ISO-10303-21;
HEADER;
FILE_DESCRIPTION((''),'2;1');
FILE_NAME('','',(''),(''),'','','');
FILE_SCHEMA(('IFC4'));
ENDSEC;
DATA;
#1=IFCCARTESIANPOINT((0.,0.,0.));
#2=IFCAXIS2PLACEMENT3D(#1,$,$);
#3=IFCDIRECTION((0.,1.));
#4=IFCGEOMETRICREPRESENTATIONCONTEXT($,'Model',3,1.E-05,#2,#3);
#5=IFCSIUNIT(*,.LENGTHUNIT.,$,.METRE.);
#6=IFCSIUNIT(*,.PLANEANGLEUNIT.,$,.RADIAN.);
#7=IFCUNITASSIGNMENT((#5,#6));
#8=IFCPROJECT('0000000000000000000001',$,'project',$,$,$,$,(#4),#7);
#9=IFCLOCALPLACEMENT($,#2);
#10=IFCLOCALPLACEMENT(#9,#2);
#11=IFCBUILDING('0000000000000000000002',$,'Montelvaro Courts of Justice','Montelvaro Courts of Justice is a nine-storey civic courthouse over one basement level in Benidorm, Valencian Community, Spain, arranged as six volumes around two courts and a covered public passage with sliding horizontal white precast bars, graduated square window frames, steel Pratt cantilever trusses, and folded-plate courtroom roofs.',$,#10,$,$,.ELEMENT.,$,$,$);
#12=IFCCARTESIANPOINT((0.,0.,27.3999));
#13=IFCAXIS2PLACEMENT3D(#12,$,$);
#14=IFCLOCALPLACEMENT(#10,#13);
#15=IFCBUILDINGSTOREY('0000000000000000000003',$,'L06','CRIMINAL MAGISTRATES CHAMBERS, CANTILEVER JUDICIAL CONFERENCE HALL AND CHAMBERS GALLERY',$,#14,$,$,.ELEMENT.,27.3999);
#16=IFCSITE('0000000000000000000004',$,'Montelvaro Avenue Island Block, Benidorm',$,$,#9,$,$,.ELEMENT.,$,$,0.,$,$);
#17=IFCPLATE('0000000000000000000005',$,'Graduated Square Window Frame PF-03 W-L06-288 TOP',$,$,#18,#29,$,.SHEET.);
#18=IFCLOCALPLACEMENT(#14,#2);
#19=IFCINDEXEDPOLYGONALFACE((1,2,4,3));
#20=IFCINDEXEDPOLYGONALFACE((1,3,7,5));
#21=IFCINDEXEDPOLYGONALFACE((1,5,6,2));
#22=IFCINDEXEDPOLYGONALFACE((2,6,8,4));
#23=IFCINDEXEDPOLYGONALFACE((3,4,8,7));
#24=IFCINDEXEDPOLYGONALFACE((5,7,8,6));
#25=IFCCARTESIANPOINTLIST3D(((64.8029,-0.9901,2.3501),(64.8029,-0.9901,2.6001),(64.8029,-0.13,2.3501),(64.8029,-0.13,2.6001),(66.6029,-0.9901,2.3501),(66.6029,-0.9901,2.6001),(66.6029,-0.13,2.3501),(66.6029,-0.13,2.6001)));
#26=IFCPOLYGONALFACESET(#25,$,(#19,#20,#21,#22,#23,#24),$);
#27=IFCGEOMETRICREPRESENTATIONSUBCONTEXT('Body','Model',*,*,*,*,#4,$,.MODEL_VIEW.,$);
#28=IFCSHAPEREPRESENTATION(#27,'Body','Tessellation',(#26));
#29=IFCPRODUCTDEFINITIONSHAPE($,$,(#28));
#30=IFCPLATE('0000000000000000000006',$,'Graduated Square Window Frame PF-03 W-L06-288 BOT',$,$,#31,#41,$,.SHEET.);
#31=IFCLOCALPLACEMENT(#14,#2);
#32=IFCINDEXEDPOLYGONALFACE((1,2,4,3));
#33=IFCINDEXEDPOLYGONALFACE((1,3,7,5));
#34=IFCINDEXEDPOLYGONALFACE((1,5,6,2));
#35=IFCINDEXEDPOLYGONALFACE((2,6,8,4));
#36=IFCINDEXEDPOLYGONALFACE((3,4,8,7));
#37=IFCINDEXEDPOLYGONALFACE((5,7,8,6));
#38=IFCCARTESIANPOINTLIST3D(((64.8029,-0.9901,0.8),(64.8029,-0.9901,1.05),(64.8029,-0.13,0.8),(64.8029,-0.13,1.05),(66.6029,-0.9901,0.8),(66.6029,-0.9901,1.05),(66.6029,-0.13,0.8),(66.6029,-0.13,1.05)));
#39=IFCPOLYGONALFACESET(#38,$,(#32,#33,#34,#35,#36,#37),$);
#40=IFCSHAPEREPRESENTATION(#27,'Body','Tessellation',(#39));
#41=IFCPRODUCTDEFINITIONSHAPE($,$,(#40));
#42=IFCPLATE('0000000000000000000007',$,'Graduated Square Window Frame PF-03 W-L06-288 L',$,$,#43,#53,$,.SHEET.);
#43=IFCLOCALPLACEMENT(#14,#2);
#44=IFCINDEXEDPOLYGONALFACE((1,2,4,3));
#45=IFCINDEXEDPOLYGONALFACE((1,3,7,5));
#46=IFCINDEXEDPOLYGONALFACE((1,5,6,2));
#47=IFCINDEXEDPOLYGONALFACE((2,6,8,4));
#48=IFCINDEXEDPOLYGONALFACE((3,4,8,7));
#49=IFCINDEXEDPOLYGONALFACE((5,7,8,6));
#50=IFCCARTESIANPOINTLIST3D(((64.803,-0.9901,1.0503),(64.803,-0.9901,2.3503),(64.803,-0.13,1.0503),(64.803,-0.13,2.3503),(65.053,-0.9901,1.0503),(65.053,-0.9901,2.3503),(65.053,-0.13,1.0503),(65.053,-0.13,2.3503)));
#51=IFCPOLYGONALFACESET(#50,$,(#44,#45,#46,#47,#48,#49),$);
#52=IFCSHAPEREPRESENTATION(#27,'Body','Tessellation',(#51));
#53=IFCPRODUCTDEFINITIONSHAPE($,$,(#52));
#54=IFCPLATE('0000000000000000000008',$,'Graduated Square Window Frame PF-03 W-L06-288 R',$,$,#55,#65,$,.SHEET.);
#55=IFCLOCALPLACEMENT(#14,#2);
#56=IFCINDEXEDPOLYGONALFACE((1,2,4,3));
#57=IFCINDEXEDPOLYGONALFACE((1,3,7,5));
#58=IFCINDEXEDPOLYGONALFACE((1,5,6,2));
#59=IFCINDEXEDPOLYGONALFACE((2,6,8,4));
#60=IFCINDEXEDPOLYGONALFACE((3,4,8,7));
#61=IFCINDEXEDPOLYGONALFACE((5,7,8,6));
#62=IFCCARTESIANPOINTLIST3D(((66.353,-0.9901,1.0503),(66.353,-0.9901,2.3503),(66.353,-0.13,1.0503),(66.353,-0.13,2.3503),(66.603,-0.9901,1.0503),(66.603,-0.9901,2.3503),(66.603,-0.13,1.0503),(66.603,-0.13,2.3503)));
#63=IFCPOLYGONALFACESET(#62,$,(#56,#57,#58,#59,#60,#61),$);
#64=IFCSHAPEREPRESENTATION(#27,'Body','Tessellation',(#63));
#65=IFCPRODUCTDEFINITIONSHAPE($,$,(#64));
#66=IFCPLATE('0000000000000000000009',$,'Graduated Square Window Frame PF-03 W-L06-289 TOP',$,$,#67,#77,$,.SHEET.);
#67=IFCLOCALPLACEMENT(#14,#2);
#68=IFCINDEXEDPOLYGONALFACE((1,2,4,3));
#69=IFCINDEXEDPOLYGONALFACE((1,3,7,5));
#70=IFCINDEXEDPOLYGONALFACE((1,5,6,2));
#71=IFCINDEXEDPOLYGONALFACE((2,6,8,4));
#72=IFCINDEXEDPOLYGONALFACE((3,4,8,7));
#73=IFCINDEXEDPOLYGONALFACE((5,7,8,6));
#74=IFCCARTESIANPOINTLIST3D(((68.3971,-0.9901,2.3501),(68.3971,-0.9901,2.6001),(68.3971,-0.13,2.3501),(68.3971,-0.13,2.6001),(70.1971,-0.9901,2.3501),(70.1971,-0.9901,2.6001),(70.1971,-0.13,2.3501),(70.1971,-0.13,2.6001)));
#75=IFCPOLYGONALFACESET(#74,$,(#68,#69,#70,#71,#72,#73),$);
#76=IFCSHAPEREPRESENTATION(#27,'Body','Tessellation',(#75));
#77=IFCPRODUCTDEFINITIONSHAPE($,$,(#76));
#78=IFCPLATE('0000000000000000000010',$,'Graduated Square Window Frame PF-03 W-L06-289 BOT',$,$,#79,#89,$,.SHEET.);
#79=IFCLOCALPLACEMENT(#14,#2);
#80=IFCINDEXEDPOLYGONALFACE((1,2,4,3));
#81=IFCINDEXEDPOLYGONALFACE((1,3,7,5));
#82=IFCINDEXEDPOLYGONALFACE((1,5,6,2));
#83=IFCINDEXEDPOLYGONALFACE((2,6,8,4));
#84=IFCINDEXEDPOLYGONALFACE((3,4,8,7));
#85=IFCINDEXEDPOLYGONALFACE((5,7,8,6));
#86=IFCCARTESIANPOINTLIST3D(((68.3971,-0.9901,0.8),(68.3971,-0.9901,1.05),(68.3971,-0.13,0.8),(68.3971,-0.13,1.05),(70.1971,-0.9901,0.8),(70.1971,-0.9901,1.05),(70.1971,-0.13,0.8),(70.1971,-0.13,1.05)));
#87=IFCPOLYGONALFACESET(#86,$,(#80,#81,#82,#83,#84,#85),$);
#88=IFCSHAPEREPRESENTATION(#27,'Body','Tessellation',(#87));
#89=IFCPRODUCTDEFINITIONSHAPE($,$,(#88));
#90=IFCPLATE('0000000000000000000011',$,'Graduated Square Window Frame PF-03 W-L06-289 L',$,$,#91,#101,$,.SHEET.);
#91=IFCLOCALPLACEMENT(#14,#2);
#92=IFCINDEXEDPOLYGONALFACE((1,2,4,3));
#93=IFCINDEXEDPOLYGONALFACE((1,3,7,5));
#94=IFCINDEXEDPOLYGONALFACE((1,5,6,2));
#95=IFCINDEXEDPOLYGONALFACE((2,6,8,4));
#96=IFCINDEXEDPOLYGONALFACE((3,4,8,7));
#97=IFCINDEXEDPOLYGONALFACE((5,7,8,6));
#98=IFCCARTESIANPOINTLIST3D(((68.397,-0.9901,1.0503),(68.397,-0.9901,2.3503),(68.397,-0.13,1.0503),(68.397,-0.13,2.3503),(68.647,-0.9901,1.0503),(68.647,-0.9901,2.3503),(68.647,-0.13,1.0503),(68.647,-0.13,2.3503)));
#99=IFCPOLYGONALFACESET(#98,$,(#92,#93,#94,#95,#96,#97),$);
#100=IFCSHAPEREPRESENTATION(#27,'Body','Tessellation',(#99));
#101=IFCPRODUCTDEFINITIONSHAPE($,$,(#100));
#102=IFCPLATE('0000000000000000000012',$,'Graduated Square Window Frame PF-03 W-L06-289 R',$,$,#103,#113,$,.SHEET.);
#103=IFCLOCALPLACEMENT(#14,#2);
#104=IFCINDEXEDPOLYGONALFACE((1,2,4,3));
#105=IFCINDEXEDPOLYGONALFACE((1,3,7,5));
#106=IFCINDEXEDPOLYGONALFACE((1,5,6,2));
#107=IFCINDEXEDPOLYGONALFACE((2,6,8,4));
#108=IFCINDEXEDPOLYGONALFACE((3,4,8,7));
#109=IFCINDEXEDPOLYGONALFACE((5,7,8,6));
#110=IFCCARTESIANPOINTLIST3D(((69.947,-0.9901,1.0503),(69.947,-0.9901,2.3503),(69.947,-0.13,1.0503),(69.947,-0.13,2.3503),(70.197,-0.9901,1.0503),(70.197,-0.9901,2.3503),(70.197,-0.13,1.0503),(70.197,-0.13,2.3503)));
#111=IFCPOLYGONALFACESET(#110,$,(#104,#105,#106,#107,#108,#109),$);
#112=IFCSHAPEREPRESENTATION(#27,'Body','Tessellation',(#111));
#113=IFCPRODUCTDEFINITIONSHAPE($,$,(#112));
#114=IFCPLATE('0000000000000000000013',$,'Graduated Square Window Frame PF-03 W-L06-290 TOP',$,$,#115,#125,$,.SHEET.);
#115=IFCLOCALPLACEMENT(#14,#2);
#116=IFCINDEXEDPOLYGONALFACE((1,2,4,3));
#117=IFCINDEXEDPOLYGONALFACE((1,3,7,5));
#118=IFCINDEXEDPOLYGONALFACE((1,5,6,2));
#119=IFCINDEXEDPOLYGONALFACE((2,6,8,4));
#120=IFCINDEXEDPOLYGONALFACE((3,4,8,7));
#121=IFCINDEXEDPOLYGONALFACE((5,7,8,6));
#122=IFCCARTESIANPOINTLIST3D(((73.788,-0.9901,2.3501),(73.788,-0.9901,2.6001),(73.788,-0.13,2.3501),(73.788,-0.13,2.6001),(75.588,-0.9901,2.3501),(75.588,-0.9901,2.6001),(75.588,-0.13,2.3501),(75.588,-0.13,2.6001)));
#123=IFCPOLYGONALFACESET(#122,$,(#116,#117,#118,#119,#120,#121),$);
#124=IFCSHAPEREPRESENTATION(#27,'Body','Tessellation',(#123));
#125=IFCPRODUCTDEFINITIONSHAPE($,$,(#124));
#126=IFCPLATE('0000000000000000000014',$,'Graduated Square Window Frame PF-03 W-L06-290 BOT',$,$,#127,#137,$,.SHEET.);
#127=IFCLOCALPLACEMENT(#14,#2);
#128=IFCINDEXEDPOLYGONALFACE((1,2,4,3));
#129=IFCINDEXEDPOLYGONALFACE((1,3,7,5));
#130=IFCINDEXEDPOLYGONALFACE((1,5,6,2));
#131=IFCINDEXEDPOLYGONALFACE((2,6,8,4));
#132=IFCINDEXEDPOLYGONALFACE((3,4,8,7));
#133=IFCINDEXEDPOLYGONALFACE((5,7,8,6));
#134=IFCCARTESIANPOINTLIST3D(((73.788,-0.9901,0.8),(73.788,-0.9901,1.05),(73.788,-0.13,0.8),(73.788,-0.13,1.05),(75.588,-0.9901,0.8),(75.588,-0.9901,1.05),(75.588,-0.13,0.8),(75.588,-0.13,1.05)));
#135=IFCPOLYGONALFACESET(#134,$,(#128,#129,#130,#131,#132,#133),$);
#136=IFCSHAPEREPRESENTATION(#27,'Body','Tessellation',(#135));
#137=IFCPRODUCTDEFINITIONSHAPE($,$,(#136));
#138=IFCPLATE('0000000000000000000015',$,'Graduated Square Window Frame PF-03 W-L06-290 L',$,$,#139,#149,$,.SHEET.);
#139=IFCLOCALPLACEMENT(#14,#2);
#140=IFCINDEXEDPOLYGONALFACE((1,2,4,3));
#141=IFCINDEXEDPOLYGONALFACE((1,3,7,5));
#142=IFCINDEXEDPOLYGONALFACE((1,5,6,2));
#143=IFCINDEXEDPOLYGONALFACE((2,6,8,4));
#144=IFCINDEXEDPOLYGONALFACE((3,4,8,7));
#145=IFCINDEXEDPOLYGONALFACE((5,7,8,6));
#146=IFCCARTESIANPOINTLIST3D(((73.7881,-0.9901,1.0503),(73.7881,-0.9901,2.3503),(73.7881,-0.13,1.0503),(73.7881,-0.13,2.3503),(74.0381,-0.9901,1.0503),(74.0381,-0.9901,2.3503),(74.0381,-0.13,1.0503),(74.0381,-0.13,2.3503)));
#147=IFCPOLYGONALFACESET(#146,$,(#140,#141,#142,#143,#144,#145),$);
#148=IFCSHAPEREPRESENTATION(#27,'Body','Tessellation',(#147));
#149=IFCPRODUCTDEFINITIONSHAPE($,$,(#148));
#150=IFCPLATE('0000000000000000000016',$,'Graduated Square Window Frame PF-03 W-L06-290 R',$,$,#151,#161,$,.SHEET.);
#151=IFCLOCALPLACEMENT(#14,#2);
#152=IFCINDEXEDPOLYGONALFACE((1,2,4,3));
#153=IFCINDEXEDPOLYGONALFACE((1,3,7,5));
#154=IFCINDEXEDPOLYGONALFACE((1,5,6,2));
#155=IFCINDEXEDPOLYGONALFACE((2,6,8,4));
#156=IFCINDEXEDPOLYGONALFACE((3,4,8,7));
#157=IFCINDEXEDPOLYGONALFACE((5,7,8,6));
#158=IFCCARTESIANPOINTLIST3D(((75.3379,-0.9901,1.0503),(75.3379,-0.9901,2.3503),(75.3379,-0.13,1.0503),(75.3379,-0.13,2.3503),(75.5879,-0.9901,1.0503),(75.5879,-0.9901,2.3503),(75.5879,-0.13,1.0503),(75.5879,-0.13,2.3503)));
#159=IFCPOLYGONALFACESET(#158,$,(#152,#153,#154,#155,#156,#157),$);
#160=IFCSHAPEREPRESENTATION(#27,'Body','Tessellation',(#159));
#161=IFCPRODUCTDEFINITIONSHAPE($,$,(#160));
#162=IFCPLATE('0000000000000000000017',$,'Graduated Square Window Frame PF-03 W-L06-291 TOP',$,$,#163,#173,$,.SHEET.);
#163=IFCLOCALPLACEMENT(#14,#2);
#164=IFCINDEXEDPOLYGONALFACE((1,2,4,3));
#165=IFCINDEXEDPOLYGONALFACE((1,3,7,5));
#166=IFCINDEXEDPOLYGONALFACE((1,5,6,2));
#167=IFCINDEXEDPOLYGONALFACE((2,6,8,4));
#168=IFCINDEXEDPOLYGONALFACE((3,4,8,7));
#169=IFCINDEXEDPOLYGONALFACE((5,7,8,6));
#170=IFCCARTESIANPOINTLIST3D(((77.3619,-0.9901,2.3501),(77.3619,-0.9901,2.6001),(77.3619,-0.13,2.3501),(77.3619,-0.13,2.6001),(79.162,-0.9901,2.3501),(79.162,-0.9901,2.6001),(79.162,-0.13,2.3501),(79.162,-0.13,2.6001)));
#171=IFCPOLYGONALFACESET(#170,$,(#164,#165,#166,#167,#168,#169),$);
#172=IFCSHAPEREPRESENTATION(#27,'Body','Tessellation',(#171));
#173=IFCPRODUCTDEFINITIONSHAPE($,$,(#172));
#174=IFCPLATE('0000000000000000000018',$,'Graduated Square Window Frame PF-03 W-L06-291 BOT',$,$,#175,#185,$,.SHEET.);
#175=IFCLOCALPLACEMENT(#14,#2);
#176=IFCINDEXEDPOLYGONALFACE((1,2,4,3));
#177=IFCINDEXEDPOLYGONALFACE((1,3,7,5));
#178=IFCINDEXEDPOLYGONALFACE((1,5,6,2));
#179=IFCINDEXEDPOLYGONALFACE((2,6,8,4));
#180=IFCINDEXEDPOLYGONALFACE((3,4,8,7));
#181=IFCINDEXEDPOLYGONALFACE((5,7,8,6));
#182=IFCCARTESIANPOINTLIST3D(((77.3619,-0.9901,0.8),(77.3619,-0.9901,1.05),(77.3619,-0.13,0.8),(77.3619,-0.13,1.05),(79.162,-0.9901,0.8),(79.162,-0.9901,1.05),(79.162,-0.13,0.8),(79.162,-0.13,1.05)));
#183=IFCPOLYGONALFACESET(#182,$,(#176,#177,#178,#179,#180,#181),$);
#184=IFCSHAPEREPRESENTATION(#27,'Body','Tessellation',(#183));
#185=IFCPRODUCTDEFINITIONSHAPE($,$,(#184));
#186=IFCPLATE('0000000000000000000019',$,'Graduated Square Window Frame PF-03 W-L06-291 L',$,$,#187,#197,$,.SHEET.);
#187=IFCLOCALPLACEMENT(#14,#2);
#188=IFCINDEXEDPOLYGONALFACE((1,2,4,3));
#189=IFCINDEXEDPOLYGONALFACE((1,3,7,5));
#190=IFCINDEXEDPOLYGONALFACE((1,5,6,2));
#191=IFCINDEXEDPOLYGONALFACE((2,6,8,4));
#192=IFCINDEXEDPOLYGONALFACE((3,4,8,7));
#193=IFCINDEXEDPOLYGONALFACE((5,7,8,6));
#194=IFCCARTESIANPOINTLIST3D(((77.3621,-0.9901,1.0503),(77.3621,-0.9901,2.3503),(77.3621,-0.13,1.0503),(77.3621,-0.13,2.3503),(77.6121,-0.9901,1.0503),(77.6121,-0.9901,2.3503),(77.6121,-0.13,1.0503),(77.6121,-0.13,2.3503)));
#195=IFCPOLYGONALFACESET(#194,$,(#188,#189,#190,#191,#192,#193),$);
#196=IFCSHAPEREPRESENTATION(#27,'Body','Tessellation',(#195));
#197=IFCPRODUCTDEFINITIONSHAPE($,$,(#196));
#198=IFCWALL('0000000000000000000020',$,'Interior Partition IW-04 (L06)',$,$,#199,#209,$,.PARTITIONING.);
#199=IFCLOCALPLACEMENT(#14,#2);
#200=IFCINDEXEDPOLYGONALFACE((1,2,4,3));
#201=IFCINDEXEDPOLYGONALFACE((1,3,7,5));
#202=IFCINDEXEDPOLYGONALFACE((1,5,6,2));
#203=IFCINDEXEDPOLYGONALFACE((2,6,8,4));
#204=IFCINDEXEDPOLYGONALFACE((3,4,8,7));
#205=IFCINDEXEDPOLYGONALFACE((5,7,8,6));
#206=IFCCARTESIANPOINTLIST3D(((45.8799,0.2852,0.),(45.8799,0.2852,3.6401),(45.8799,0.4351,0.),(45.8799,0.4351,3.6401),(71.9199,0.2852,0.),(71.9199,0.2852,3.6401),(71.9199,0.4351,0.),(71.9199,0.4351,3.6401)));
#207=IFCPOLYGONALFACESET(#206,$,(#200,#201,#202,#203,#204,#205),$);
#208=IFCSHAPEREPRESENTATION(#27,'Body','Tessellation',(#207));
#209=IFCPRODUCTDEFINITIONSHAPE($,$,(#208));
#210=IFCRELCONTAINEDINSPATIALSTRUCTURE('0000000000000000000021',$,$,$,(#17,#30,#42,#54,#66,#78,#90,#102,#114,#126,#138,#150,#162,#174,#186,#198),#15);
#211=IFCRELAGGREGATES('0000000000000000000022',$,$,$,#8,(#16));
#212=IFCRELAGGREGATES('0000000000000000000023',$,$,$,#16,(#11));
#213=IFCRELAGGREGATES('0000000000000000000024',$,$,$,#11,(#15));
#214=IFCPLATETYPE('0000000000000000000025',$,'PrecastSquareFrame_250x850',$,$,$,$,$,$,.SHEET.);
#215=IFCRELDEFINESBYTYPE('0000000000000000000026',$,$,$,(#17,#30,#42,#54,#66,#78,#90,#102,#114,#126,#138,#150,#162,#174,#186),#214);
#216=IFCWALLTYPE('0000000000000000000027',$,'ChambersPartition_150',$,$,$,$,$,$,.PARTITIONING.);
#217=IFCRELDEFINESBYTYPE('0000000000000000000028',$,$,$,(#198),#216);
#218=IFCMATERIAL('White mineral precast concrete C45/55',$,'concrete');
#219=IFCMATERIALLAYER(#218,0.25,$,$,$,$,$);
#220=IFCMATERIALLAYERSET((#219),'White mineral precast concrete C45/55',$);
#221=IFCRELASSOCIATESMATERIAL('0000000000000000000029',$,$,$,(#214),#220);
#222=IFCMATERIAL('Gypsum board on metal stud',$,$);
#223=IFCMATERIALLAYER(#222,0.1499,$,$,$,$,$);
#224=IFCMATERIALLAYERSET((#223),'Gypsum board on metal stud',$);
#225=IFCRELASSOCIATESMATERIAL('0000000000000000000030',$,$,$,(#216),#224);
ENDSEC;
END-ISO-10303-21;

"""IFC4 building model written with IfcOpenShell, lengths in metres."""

from ifc_helpers import new_model, si_unit, direction, frame, frame_2d, origin, origin_2d, place, context, subcontext, project, spatial, rectangle, extrude, material, layer, layer_set, type_object, element, save


model = new_model("IFC4")

# Units and contexts
model_context = context("Model", 3, precision=1e-05, world=origin(), true_north=direction((0.0, 1.0)))
body_context = subcontext(model_context, "Body", "Model", "MODEL_VIEW")
ifc_project = project(units=[si_unit("LENGTHUNIT", "METRE"), si_unit("PLANEANGLEUNIT", "RADIAN")], contexts=[model_context])

# Site, building, storey
site_placement = place(None, origin())
site = spatial("IfcSite", under=ifc_project, at=site_placement, Name="Montelvaro Avenue Island Block, Benidorm", CompositionType="ELEMENT", RefElevation=0.0)
building_placement = place(site_placement, origin())
building = spatial("IfcBuilding", under=site, at=building_placement, Name="Montelvaro Courts of Justice", Description="Montelvaro Courts of Justice is a nine-storey civic courthouse over one basement level in Benidorm, Valencian Community, Spain, arranged as six volumes around two courts and a covered public passage with sliding horizontal white precast bars, graduated square window frames, steel Pratt cantilever trusses, and folded-plate courtroom roofs.", CompositionType="ELEMENT")
storey_placement = place(building_placement, frame((0.0, 0.0, 27.3999)))
storey = spatial("IfcBuildingStorey", under=building, at=storey_placement, Name="L06", Description="CRIMINAL MAGISTRATES CHAMBERS, CANTILEVER JUDICIAL CONFERENCE HALL AND CHAMBERS GALLERY", CompositionType="ELEMENT", Elevation=27.3999)

# Plates
ifc_material_1 = material(Name="White mineral precast concrete C45/55", Category="concrete")
ifc_layer_1 = layer(ifc_material_1, 0.25)
ifc_layer_set_1 = layer_set([ifc_layer_1], Name="White mineral precast concrete C45/55")
plate_type = type_object("IfcPlateType", Name="PrecastSquareFrame_250x850", PredefinedType="SHEET", material=ifc_layer_set_1)
for number, where, z_axis, x_axis, name in (
    (1, (65.7029, -0.5601, 2.3501), (0.0, 0.0, 1.0), (1.0, 0.0, 0.0), "Graduated Square Window Frame PF-03 W-L06-288 TOP"),
    (2, (65.7029, -0.5601, 0.8), (0.0, 0.0, 1.0), (1.0, 0.0, 0.0), "Graduated Square Window Frame PF-03 W-L06-288 BOT"),
):
    element("IfcPlate", number, at=place(storey_placement, frame(where, z_axis=z_axis, x_axis=x_axis)), inside=storey, type_object=plate_type, Name=name, PredefinedType="SHEET", context=body_context, shape_type="SweptSolid", body=[
        extrude(rectangle(XDim=1.8, YDim=0.8601, at=origin_2d()), origin(), (0.0, 0.0, 1.0), 0.25),
    ])
for number, where, z_axis, x_axis, name in (
    (3, (64.928, -0.5601, 1.0503), (0.0, 0.0, 1.0), (1.0, 0.0, 0.0), "Graduated Square Window Frame PF-03 W-L06-288 L"),
    (4, (66.478, -0.5601, 1.0503), (0.0, 0.0, 1.0), (1.0, 0.0, 0.0), "Graduated Square Window Frame PF-03 W-L06-288 R"),
):
    element("IfcPlate", number, at=place(storey_placement, frame(where, z_axis=z_axis, x_axis=x_axis)), inside=storey, type_object=plate_type, Name=name, PredefinedType="SHEET", context=body_context, shape_type="SweptSolid", body=[
        extrude(rectangle(XDim=0.25, YDim=0.8601, at=origin_2d()), origin(), (0.0, 0.0, 1.0), 1.3),
    ])
for number, where, z_axis, x_axis, name in (
    (5, (69.2971, -0.5601, 2.3501), (0.0, 0.0, 1.0), (1.0, 0.0, 0.0), "Graduated Square Window Frame PF-03 W-L06-289 TOP"),
    (6, (69.2971, -0.5601, 0.8), (0.0, 0.0, 1.0), (1.0, 0.0, 0.0), "Graduated Square Window Frame PF-03 W-L06-289 BOT"),
):
    element("IfcPlate", number, at=place(storey_placement, frame(where, z_axis=z_axis, x_axis=x_axis)), inside=storey, type_object=plate_type, Name=name, PredefinedType="SHEET", context=body_context, shape_type="SweptSolid", body=[
        extrude(rectangle(XDim=1.8, YDim=0.8601, at=origin_2d()), origin(), (0.0, 0.0, 1.0), 0.25),
    ])
for number, where, z_axis, x_axis, name in (
    (7, (68.522, -0.5601, 1.0503), (0.0, 0.0, 1.0), (1.0, 0.0, 0.0), "Graduated Square Window Frame PF-03 W-L06-289 L"),
    (8, (70.072, -0.5601, 1.0503), (0.0, 0.0, 1.0), (1.0, 0.0, 0.0), "Graduated Square Window Frame PF-03 W-L06-289 R"),
):
    element("IfcPlate", number, at=place(storey_placement, frame(where, z_axis=z_axis, x_axis=x_axis)), inside=storey, type_object=plate_type, Name=name, PredefinedType="SHEET", context=body_context, shape_type="SweptSolid", body=[
        extrude(rectangle(XDim=0.25, YDim=0.8601, at=origin_2d()), origin(), (0.0, 0.0, 1.0), 1.3),
    ])
for number, where, z_axis, x_axis, name in (
    (9, (74.688, -0.5601, 2.3501), (0.0, 0.0, 1.0), (1.0, 0.0, 0.0), "Graduated Square Window Frame PF-03 W-L06-290 TOP"),
    (10, (74.688, -0.5601, 0.8), (0.0, 0.0, 1.0), (1.0, 0.0, 0.0), "Graduated Square Window Frame PF-03 W-L06-290 BOT"),
):
    element("IfcPlate", number, at=place(storey_placement, frame(where, z_axis=z_axis, x_axis=x_axis)), inside=storey, type_object=plate_type, Name=name, PredefinedType="SHEET", context=body_context, shape_type="SweptSolid", body=[
        extrude(rectangle(XDim=1.8, YDim=0.8601, at=origin_2d()), origin(), (0.0, 0.0, 1.0), 0.25),
    ])
for number, where, z_axis, x_axis, name in (
    (11, (73.9131, -0.5601, 1.0503), (0.0, 0.0, 1.0), (1.0, 0.0, 0.0), "Graduated Square Window Frame PF-03 W-L06-290 L"),
    (12, (75.4629, -0.5601, 1.0503), (0.0, 0.0, 1.0), (1.0, 0.0, 0.0), "Graduated Square Window Frame PF-03 W-L06-290 R"),
):
    element("IfcPlate", number, at=place(storey_placement, frame(where, z_axis=z_axis, x_axis=x_axis)), inside=storey, type_object=plate_type, Name=name, PredefinedType="SHEET", context=body_context, shape_type="SweptSolid", body=[
        extrude(rectangle(XDim=0.25, YDim=0.8601, at=origin_2d()), origin(), (0.0, 0.0, 1.0), 1.3),
    ])
for number, where, z_axis, x_axis, name in (
    (13, (78.262, -0.5601, 2.3501), (0.0, 0.0, 1.0), (1.0, 0.0, 0.0), "Graduated Square Window Frame PF-03 W-L06-291 TOP"),
    (14, (78.262, -0.5601, 0.8), (0.0, 0.0, 1.0), (1.0, 0.0, 0.0), "Graduated Square Window Frame PF-03 W-L06-291 BOT"),
):
    element("IfcPlate", number, at=place(storey_placement, frame(where, z_axis=z_axis, x_axis=x_axis)), inside=storey, type_object=plate_type, Name=name, PredefinedType="SHEET", context=body_context, shape_type="SweptSolid", body=[
        extrude(rectangle(XDim=1.8, YDim=0.8601, at=origin_2d()), origin(), (0.0, 0.0, 1.0), 0.25),
    ])
plate_placement = place(storey_placement, frame((77.4871, -0.5601, 1.0503), z_axis=(0.0, 0.0, 1.0), x_axis=(1.0, 0.0, 0.0)))
element("IfcPlate", 15, at=plate_placement, inside=storey, type_object=plate_type, Name="Graduated Square Window Frame PF-03 W-L06-291 L", PredefinedType="SHEET", context=body_context, shape_type="SweptSolid", body=[
    extrude(rectangle(XDim=0.25, YDim=0.8601, at=origin_2d()), origin(), (0.0, 0.0, 1.0), 1.3),
])

# Wall
ifc_material_2 = material(Name="Gypsum board on metal stud")
ifc_layer_2 = layer(ifc_material_2, 0.1499)
ifc_layer_set_2 = layer_set([ifc_layer_2], Name="Gypsum board on metal stud")
wall_type_1 = type_object("IfcWallType", Name="ChambersPartition_150", PredefinedType="PARTITIONING", material=ifc_layer_set_2)
wall_1_placement = place(storey_placement, frame((71.9199, 0.3601, 0.0), z_axis=(0.0, 0.0, 1.0), x_axis=(-1.0, 0.0, 0.0)))
element("IfcWall", 16, at=wall_1_placement, inside=storey, type_object=wall_type_1, Name="Interior Partition IW-04 (L06)", PredefinedType="PARTITIONING", context=body_context, shape_type="SweptSolid", body=[
    extrude(rectangle(XDim=26.04, YDim=0.1499, at=frame_2d((13.02, 0.0))), origin(), (0.0, 0.0, 1.0), 3.6401),
])

save(model, "model.ifc")
